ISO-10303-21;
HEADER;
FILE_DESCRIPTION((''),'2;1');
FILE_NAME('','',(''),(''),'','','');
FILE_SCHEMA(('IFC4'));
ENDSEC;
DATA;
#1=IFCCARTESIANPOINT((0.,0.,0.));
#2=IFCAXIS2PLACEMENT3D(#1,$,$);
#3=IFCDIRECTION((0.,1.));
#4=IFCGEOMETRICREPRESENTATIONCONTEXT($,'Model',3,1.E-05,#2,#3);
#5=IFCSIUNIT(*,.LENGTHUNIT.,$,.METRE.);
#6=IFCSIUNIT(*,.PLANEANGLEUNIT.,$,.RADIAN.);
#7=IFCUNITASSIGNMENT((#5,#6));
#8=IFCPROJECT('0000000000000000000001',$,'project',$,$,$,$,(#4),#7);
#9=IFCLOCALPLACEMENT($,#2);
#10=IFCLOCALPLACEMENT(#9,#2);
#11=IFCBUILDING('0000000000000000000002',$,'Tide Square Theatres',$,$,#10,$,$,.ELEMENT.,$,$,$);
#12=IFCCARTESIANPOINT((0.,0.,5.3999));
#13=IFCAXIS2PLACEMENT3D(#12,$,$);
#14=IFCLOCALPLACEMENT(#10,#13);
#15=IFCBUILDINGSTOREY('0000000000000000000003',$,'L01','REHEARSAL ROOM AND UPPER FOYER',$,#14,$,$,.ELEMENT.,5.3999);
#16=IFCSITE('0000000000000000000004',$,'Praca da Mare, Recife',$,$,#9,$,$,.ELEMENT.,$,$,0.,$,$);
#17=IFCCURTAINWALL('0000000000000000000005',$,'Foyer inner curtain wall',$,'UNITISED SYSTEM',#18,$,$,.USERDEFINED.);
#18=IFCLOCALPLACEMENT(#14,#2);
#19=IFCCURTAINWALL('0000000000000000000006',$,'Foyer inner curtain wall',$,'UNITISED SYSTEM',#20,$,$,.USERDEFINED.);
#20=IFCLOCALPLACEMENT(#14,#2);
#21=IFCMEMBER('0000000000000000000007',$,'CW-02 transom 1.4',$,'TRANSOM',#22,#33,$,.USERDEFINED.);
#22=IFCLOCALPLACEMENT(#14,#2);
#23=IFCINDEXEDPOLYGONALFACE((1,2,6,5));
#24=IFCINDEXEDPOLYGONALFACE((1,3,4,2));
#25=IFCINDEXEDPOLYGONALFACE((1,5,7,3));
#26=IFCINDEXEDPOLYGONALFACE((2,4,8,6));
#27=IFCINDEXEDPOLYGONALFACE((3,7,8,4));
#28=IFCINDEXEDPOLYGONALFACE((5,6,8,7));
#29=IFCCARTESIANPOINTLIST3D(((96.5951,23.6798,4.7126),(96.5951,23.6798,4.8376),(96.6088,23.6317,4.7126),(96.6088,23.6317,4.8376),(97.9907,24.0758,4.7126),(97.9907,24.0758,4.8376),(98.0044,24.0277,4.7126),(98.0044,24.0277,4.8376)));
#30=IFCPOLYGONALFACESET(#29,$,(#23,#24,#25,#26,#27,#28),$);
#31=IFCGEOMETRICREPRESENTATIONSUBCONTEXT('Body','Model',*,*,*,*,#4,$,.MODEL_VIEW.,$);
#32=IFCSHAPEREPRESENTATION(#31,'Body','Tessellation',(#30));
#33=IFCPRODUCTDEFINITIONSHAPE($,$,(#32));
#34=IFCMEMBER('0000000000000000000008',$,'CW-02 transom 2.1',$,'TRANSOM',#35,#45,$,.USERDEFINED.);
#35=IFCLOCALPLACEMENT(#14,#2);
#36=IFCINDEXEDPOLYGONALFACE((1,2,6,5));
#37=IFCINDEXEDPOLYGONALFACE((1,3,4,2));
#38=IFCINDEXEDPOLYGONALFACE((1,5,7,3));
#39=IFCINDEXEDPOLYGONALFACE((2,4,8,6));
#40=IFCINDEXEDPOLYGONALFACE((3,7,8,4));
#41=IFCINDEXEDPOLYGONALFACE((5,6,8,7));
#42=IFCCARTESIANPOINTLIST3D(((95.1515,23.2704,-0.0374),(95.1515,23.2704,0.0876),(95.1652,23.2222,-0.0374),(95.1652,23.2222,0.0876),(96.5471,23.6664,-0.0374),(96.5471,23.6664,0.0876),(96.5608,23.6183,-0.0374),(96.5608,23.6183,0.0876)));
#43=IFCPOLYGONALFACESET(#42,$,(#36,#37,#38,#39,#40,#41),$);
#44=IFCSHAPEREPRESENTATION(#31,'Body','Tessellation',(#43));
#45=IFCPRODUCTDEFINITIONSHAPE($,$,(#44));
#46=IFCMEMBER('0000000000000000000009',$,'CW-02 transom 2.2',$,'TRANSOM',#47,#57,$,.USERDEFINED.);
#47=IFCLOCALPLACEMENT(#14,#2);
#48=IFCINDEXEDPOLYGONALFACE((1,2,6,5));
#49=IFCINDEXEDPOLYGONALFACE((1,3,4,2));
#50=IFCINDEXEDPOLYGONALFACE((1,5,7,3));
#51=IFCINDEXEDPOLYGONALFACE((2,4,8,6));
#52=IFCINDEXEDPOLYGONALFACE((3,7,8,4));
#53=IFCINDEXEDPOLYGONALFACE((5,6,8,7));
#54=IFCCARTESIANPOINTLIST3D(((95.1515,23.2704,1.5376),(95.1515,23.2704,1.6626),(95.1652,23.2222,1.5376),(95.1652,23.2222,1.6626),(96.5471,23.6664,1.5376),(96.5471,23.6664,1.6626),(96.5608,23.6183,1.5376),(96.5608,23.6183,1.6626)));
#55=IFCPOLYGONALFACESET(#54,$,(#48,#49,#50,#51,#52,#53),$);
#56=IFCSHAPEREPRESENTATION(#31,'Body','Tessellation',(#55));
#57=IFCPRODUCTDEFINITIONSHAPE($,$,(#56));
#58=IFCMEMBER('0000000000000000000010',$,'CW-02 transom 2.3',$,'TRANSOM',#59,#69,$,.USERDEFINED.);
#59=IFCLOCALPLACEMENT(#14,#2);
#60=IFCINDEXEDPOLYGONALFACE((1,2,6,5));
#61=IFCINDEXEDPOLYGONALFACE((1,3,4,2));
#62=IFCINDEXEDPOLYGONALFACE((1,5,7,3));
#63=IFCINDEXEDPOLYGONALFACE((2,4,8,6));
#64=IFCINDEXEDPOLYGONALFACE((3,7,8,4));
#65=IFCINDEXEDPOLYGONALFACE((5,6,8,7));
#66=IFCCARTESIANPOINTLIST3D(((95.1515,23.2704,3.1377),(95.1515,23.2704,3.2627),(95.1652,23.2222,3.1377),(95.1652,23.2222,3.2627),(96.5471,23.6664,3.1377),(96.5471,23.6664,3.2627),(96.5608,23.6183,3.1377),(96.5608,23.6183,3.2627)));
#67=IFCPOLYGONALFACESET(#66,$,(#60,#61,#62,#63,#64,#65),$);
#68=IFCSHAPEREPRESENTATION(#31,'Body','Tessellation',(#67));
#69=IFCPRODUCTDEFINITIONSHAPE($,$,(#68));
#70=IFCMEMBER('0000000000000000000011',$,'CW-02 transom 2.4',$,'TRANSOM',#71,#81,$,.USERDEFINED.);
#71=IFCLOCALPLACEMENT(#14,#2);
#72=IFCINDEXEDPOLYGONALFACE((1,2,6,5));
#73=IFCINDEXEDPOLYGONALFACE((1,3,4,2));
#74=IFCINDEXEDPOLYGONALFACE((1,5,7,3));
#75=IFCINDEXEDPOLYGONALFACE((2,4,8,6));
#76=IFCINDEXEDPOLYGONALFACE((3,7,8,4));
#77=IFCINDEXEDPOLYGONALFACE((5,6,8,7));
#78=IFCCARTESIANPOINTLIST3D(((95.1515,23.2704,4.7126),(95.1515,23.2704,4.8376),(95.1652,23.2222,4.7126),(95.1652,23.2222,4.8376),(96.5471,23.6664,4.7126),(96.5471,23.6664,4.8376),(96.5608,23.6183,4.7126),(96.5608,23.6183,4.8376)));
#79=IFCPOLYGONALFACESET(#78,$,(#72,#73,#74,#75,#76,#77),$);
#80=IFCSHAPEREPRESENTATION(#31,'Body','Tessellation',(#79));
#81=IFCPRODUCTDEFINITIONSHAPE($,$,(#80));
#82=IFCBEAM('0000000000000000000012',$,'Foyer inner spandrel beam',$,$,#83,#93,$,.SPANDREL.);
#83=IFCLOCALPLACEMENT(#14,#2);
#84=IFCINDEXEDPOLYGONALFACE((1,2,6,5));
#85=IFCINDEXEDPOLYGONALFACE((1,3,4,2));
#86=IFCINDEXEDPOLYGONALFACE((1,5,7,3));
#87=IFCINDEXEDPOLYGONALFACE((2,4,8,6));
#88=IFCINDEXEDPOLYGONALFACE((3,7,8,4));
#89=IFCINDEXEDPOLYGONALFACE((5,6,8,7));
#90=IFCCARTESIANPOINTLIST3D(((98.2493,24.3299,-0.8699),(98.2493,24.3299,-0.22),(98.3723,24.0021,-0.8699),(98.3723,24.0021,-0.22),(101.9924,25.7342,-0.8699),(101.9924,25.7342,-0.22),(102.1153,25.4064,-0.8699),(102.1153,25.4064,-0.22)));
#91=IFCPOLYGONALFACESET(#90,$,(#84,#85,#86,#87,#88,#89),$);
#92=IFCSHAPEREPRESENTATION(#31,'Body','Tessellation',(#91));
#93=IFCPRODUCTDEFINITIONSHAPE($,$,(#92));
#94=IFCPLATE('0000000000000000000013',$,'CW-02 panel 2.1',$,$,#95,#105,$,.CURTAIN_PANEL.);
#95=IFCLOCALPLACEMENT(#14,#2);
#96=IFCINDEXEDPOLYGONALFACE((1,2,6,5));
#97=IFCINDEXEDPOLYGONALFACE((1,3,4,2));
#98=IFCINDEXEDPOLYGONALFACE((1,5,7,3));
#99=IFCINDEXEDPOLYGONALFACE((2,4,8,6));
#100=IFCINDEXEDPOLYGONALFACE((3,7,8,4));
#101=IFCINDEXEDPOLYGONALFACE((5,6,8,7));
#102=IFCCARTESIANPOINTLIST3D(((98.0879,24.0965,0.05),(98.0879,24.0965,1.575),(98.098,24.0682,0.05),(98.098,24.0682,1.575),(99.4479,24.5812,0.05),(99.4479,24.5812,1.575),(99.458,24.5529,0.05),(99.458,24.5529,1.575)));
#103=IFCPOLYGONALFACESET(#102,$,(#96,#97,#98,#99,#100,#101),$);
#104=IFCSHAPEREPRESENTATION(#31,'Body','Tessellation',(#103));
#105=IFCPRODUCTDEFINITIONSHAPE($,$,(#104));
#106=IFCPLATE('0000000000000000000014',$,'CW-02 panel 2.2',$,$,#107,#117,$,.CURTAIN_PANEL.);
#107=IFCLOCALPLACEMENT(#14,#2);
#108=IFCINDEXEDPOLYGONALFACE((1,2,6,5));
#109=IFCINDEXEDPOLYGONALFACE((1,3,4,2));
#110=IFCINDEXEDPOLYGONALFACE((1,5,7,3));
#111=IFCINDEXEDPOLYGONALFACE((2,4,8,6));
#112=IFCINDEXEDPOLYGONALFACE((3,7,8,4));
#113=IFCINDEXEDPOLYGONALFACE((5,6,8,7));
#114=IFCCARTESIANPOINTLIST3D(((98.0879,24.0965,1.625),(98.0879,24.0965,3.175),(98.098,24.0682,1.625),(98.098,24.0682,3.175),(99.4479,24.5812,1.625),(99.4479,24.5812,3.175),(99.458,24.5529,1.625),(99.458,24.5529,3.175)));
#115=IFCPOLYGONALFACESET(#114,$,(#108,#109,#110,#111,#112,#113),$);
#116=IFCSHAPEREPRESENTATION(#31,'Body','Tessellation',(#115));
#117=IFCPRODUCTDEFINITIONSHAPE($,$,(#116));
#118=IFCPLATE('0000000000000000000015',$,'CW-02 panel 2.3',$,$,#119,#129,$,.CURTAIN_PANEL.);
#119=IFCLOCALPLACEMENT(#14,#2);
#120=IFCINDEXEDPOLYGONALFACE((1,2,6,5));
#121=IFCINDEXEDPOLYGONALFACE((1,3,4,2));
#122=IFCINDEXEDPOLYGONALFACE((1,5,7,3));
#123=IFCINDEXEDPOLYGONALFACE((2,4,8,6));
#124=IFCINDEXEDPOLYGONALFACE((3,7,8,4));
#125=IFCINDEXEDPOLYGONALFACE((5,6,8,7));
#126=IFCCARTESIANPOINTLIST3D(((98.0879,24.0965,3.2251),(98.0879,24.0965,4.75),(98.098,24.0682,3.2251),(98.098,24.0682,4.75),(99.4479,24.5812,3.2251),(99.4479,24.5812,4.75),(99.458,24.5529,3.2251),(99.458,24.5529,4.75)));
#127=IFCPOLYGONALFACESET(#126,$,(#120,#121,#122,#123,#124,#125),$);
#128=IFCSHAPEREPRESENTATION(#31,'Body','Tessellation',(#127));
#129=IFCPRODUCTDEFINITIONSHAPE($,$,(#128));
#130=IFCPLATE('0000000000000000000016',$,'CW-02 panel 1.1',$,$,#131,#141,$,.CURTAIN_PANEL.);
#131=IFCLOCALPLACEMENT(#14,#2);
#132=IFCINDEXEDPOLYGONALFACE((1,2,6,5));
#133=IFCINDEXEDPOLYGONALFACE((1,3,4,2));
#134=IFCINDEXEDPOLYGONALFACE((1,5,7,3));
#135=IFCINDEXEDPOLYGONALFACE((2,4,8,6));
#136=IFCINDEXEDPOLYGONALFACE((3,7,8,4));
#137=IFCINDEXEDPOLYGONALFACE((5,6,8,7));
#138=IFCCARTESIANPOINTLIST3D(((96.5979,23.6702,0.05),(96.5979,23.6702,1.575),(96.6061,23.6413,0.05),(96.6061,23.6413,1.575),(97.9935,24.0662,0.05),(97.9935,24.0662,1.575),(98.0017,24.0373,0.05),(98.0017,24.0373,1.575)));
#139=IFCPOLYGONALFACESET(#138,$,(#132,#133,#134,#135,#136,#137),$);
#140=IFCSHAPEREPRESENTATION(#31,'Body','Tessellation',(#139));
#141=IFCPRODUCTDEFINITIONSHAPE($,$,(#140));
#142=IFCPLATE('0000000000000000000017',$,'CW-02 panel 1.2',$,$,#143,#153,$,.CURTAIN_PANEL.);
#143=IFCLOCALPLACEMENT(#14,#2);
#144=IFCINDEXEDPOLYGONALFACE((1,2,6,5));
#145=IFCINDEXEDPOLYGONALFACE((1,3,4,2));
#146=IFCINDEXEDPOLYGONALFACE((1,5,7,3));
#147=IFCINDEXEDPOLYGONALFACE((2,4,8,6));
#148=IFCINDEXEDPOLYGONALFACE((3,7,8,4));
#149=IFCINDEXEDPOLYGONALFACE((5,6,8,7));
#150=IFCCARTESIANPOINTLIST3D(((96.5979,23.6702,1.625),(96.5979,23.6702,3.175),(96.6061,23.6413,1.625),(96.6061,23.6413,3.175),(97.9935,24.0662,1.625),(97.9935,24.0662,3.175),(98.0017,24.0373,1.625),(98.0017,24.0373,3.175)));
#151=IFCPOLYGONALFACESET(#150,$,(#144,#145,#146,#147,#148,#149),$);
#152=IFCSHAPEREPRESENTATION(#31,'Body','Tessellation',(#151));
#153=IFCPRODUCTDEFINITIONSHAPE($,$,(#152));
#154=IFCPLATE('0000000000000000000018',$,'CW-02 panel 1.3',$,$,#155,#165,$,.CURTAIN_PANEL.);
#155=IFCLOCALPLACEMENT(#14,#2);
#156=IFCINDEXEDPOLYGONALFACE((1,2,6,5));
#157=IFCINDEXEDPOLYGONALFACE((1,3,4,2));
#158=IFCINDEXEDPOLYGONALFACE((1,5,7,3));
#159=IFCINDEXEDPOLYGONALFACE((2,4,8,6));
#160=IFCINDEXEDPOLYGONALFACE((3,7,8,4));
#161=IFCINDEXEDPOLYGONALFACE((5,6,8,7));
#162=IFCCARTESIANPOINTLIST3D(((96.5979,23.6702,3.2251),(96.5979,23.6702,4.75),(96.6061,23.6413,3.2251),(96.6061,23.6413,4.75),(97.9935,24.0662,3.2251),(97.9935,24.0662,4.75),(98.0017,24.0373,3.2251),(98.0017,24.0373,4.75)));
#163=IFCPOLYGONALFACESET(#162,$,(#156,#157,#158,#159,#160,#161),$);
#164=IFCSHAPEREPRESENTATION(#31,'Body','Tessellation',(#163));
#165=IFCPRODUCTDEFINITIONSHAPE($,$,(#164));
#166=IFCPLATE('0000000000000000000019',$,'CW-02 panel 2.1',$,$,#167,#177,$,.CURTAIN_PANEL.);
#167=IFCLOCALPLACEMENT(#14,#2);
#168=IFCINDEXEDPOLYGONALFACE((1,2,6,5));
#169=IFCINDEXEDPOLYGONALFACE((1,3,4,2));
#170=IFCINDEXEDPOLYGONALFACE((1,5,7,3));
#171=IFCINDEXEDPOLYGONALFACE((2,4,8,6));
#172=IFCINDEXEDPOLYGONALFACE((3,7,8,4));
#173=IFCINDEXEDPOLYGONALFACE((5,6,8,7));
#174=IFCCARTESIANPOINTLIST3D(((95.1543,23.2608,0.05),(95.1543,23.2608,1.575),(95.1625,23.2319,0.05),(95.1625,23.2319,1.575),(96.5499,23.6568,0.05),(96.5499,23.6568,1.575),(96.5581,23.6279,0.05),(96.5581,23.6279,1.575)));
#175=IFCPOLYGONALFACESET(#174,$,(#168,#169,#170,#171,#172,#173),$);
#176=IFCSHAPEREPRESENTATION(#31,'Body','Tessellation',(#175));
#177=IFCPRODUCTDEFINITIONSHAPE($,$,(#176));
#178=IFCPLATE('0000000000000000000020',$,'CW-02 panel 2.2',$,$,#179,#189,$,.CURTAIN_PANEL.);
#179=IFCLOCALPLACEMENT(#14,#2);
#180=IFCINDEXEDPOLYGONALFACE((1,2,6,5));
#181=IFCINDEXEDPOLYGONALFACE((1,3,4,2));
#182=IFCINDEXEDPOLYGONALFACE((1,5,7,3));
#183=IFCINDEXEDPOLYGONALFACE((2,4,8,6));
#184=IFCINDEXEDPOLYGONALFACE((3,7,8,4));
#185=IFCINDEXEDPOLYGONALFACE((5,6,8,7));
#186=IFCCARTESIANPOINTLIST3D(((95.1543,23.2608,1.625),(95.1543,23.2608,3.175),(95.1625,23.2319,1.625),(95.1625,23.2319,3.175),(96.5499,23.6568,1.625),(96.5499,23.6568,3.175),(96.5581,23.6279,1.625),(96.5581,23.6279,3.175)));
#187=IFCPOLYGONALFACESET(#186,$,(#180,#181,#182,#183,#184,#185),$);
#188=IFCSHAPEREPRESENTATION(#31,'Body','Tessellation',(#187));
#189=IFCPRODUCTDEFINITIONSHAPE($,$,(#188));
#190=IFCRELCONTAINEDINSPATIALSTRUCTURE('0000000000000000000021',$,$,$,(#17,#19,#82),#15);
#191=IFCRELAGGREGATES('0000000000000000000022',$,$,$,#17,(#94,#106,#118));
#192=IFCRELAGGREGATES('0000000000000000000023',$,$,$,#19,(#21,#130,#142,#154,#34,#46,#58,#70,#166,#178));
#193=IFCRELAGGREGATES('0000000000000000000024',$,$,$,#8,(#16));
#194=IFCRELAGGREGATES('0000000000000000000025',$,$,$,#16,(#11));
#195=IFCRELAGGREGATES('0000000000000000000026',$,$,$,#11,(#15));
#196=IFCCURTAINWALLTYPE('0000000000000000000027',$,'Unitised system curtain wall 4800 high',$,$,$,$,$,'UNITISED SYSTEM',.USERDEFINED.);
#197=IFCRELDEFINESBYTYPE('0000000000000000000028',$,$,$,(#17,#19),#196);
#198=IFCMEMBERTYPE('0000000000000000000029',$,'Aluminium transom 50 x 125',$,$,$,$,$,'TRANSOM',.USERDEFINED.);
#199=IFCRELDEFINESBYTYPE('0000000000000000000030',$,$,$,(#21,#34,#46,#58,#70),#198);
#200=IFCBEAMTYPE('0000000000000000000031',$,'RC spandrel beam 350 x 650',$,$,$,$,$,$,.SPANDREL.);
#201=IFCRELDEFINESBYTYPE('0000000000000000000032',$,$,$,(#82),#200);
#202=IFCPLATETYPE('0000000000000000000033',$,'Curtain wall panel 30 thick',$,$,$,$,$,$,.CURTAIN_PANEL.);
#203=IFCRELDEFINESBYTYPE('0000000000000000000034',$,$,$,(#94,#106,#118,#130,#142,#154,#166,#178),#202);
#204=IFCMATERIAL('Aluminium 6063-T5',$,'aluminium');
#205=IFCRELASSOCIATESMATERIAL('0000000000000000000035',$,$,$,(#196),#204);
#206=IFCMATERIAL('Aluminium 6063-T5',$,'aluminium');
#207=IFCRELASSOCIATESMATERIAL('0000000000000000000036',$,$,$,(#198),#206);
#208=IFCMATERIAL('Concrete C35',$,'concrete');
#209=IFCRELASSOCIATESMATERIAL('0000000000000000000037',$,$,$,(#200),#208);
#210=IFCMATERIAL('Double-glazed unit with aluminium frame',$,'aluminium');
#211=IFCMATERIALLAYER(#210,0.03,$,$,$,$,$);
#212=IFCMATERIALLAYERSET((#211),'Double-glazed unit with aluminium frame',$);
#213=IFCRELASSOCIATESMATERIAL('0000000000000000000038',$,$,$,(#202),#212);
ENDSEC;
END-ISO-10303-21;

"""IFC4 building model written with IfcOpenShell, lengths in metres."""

from ifc_helpers import new_model, si_unit, direction, frame, origin, origin_2d, place, context, subcontext, project, spatial, rectangle, extrude, material, layer, layer_set, material_profile, profile_set, type_object, element, aggregate, save


model = new_model("IFC4")

# Units and contexts
model_context = context("Model", 3, precision=1e-05, world=origin(), true_north=direction((0.0, 1.0)))
body_context = subcontext(model_context, "Body", "Model", "MODEL_VIEW")
ifc_project = project(units=[si_unit("LENGTHUNIT", "METRE"), si_unit("PLANEANGLEUNIT", "RADIAN")], contexts=[model_context])

# Site, building, storey
site_placement = place(None, origin())
site = spatial("IfcSite", under=ifc_project, at=site_placement, Name="Praca da Mare, Recife", CompositionType="ELEMENT", RefElevation=0.0)
building_placement = place(site_placement, origin())
building = spatial("IfcBuilding", under=site, at=building_placement, Name="Tide Square Theatres", CompositionType="ELEMENT")
storey_placement = place(building_placement, frame((0.0, 0.0, 5.3999)))
storey = spatial("IfcBuildingStorey", under=building, at=storey_placement, Name="L01", Description="REHEARSAL ROOM AND UPPER FOYER", CompositionType="ELEMENT", Elevation=5.3999)

# Curtain walls
ifc_material_1 = material(Name="Aluminium 6063-T5", Category="aluminium")
curtain_wall_type = type_object("IfcCurtainWallType", Name="Unitised system curtain wall 4800 high", ElementType="UNITISED SYSTEM", PredefinedType="USERDEFINED", material=ifc_material_1)
curtain_wall_1_placement = place(storey_placement, origin())
curtain_wall_1 = element("IfcCurtainWall", 1, at=curtain_wall_1_placement, inside=storey, type_object=curtain_wall_type, Name="Foyer inner curtain wall", ObjectType="UNITISED SYSTEM", PredefinedType="USERDEFINED")
curtain_wall_2_placement = place(storey_placement, origin())
curtain_wall_2 = element("IfcCurtainWall", 2, at=curtain_wall_2_placement, inside=storey, type_object=curtain_wall_type, Name="Foyer inner curtain wall", ObjectType="UNITISED SYSTEM", PredefinedType="USERDEFINED")

# Members
ifc_material_2 = material(Name="Aluminium 6063-T5", Category="aluminium")
ifc_material_profile_1 = material_profile(ifc_material_2, rectangle(XDim=0.05, YDim=0.125, at=origin_2d()))
ifc_profile_set_1 = profile_set([ifc_material_profile_1], Name="Aluminium 6063-T5")
member_type_1 = type_object("IfcMemberType", Name="Aluminium transom 50 x 125", ElementType="TRANSOM", PredefinedType="USERDEFINED", material=ifc_profile_set_1)
member_1_placement = place(storey_placement, frame((97.9976, 24.0518, 4.7751), z_axis=(-0.962018, -0.272987, 0.0), x_axis=(0.272987, -0.962018, 0.0)))
member_1 = element("IfcMember", 3, at=member_1_placement, type_object=member_type_1, Name="CW-02 transom 1.4", ObjectType="TRANSOM", PredefinedType="USERDEFINED", context=body_context, shape_type="SweptSolid", body=[
    extrude(rectangle(XDim=0.05, YDim=0.125, at=origin_2d()), origin(), (0.0, 0.0, 1.0), 1.4507),
])
member_2_placement = place(storey_placement, frame((96.554, 23.6423, 0.0251), z_axis=(-0.962018, -0.272987, 0.0), x_axis=(0.272987, -0.962018, 0.0)))
member_2 = element("IfcMember", 4, at=member_2_placement, type_object=member_type_1, Name="CW-02 transom 2.1", ObjectType="TRANSOM", PredefinedType="USERDEFINED", context=body_context, shape_type="SweptSolid", body=[
    extrude(rectangle(XDim=0.05, YDim=0.125, at=origin_2d()), origin(), (0.0, 0.0, 1.0), 1.4507),
])
member_3_placement = place(storey_placement, frame((96.554, 23.6423, 1.6001), z_axis=(-0.962018, -0.272987, 0.0), x_axis=(0.272987, -0.962018, 0.0)))
member_3 = element("IfcMember", 5, at=member_3_placement, type_object=member_type_1, Name="CW-02 transom 2.2", ObjectType="TRANSOM", PredefinedType="USERDEFINED", context=body_context, shape_type="SweptSolid", body=[
    extrude(rectangle(XDim=0.05, YDim=0.125, at=origin_2d()), origin(), (0.0, 0.0, 1.0), 1.4507),
])
member_4_placement = place(storey_placement, frame((96.554, 23.6423, 3.2002), z_axis=(-0.962018, -0.272987, 0.0), x_axis=(0.272987, -0.962018, 0.0)))
member_4 = element("IfcMember", 6, at=member_4_placement, type_object=member_type_1, Name="CW-02 transom 2.3", ObjectType="TRANSOM", PredefinedType="USERDEFINED", context=body_context, shape_type="SweptSolid", body=[
    extrude(rectangle(XDim=0.05, YDim=0.125, at=origin_2d()), origin(), (0.0, 0.0, 1.0), 1.4507),
])
member_5_placement = place(storey_placement, frame((96.554, 23.6423, 4.7751), z_axis=(-0.962018, -0.272987, 0.0), x_axis=(0.272987, -0.962018, 0.0)))
member_5 = element("IfcMember", 7, at=member_5_placement, type_object=member_type_1, Name="CW-02 transom 2.4", ObjectType="TRANSOM", PredefinedType="USERDEFINED", context=body_context, shape_type="SweptSolid", body=[
    extrude(rectangle(XDim=0.05, YDim=0.125, at=origin_2d()), origin(), (0.0, 0.0, 1.0), 1.4507),
])

# Beam
ifc_material_3 = material(Name="Concrete C35", Category="concrete")
ifc_material_profile_2 = material_profile(ifc_material_3, rectangle(XDim=0.3501, YDim=0.6499, at=origin_2d()))
ifc_profile_set_2 = profile_set([ifc_material_profile_2], Name="Concrete C35")
beam_type = type_object("IfcBeamType", Name="RC spandrel beam 350 x 650", PredefinedType="SPANDREL", material=ifc_profile_set_2)
beam_placement = place(storey_placement, frame((98.3108, 24.166, -0.5449), z_axis=(0.936279, 0.351257, 0.0), x_axis=(-0.351257, 0.936279, 0.0)))
element("IfcBeam", 8, at=beam_placement, inside=storey, type_object=beam_type, Name="Foyer inner spandrel beam", PredefinedType="SPANDREL", context=body_context, shape_type="SweptSolid", body=[
    extrude(rectangle(XDim=0.3501, YDim=0.6499, at=origin_2d()), origin(), (0.0, 0.0, 1.0), 3.9978),
])

# Plates
ifc_material_4 = material(Name="Double-glazed unit with aluminium frame", Category="aluminium")
ifc_layer_1 = layer(ifc_material_4, 0.03)
ifc_layer_set_1 = layer_set([ifc_layer_1], Name="Double-glazed unit with aluminium frame")
plate_type = type_object("IfcPlateType", Name="Curtain wall panel 30 thick", PredefinedType="CURTAIN_PANEL", material=ifc_layer_set_1)
plate_1_placement = place(storey_placement, frame((98.7729, 24.3247, 0.05), z_axis=(0.0, 0.0, 1.0), x_axis=(-0.941961, -0.335723, 0.0)))
plate_1 = element("IfcPlate", 9, at=plate_1_placement, type_object=plate_type, Name="CW-02 panel 2.1", PredefinedType="CURTAIN_PANEL", context=body_context, shape_type="SweptSolid", body=[
    extrude(rectangle(XDim=1.4438, YDim=0.03, at=origin_2d()), origin(), (0.0, 0.0, 1.0), 1.5249),
])
plate_2_placement = place(storey_placement, frame((98.7729, 24.3247, 1.625), z_axis=(0.0, 0.0, 1.0), x_axis=(-0.941961, -0.335723, 0.0)))
plate_2 = element("IfcPlate", 10, at=plate_2_placement, type_object=plate_type, Name="CW-02 panel 2.2", PredefinedType="CURTAIN_PANEL", context=body_context, shape_type="SweptSolid", body=[
    extrude(rectangle(XDim=1.4438, YDim=0.03, at=origin_2d()), origin(), (0.0, 0.0, 1.0), 1.55),
])
plate_3_placement = place(storey_placement, frame((98.7729, 24.3247, 3.2251), z_axis=(0.0, 0.0, 1.0), x_axis=(-0.941961, -0.335723, 0.0)))
plate_3 = element("IfcPlate", 11, at=plate_3_placement, type_object=plate_type, Name="CW-02 panel 2.3", PredefinedType="CURTAIN_PANEL", context=body_context, shape_type="SweptSolid", body=[
    extrude(rectangle(XDim=1.4438, YDim=0.03, at=origin_2d()), origin(), (0.0, 0.0, 1.0), 1.5249),
])
aggregate(curtain_wall_1, [plate_1, plate_2, plate_3])
plate_4_placement = place(storey_placement, frame((97.2998, 23.8538, 0.05), z_axis=(0.0, 0.0, 1.0), x_axis=(-0.962021, -0.272976, 0.0)))
plate_4 = element("IfcPlate", 12, at=plate_4_placement, type_object=plate_type, Name="CW-02 panel 1.1", PredefinedType="CURTAIN_PANEL", context=body_context, shape_type="SweptSolid", body=[
    extrude(rectangle(XDim=1.4507, YDim=0.03, at=origin_2d()), origin(), (0.0, 0.0, 1.0), 1.5249),
])
plate_5_placement = place(storey_placement, frame((97.2998, 23.8538, 1.625), z_axis=(0.0, 0.0, 1.0), x_axis=(-0.962021, -0.272976, 0.0)))
plate_5 = element("IfcPlate", 13, at=plate_5_placement, type_object=plate_type, Name="CW-02 panel 1.2", PredefinedType="CURTAIN_PANEL", context=body_context, shape_type="SweptSolid", body=[
    extrude(rectangle(XDim=1.4507, YDim=0.03, at=origin_2d()), origin(), (0.0, 0.0, 1.0), 1.55),
])
plate_6_placement = place(storey_placement, frame((97.2998, 23.8538, 3.2251), z_axis=(0.0, 0.0, 1.0), x_axis=(-0.962021, -0.272976, 0.0)))
plate_6 = element("IfcPlate", 14, at=plate_6_placement, type_object=plate_type, Name="CW-02 panel 1.3", PredefinedType="CURTAIN_PANEL", context=body_context, shape_type="SweptSolid", body=[
    extrude(rectangle(XDim=1.4507, YDim=0.03, at=origin_2d()), origin(), (0.0, 0.0, 1.0), 1.5249),
])
plate_7_placement = place(storey_placement, frame((95.8562, 23.4443, 0.05), z_axis=(0.0, 0.0, 1.0), x_axis=(-0.962021, -0.272976, 0.0)))
plate_7 = element("IfcPlate", 15, at=plate_7_placement, type_object=plate_type, Name="CW-02 panel 2.1", PredefinedType="CURTAIN_PANEL", context=body_context, shape_type="SweptSolid", body=[
    extrude(rectangle(XDim=1.4507, YDim=0.03, at=origin_2d()), origin(), (0.0, 0.0, 1.0), 1.5249),
])
plate_8_placement = place(storey_placement, frame((95.8562, 23.4443, 1.625), z_axis=(0.0, 0.0, 1.0), x_axis=(-0.962021, -0.272976, 0.0)))
plate_8 = element("IfcPlate", 16, at=plate_8_placement, type_object=plate_type, Name="CW-02 panel 2.2", PredefinedType="CURTAIN_PANEL", context=body_context, shape_type="SweptSolid", body=[
    extrude(rectangle(XDim=1.4507, YDim=0.03, at=origin_2d()), origin(), (0.0, 0.0, 1.0), 1.55),
])
aggregate(curtain_wall_2, [member_1, plate_4, plate_5, plate_6, member_2, member_3, member_4, member_5, plate_7, plate_8])

save(model, "model.ifc")
